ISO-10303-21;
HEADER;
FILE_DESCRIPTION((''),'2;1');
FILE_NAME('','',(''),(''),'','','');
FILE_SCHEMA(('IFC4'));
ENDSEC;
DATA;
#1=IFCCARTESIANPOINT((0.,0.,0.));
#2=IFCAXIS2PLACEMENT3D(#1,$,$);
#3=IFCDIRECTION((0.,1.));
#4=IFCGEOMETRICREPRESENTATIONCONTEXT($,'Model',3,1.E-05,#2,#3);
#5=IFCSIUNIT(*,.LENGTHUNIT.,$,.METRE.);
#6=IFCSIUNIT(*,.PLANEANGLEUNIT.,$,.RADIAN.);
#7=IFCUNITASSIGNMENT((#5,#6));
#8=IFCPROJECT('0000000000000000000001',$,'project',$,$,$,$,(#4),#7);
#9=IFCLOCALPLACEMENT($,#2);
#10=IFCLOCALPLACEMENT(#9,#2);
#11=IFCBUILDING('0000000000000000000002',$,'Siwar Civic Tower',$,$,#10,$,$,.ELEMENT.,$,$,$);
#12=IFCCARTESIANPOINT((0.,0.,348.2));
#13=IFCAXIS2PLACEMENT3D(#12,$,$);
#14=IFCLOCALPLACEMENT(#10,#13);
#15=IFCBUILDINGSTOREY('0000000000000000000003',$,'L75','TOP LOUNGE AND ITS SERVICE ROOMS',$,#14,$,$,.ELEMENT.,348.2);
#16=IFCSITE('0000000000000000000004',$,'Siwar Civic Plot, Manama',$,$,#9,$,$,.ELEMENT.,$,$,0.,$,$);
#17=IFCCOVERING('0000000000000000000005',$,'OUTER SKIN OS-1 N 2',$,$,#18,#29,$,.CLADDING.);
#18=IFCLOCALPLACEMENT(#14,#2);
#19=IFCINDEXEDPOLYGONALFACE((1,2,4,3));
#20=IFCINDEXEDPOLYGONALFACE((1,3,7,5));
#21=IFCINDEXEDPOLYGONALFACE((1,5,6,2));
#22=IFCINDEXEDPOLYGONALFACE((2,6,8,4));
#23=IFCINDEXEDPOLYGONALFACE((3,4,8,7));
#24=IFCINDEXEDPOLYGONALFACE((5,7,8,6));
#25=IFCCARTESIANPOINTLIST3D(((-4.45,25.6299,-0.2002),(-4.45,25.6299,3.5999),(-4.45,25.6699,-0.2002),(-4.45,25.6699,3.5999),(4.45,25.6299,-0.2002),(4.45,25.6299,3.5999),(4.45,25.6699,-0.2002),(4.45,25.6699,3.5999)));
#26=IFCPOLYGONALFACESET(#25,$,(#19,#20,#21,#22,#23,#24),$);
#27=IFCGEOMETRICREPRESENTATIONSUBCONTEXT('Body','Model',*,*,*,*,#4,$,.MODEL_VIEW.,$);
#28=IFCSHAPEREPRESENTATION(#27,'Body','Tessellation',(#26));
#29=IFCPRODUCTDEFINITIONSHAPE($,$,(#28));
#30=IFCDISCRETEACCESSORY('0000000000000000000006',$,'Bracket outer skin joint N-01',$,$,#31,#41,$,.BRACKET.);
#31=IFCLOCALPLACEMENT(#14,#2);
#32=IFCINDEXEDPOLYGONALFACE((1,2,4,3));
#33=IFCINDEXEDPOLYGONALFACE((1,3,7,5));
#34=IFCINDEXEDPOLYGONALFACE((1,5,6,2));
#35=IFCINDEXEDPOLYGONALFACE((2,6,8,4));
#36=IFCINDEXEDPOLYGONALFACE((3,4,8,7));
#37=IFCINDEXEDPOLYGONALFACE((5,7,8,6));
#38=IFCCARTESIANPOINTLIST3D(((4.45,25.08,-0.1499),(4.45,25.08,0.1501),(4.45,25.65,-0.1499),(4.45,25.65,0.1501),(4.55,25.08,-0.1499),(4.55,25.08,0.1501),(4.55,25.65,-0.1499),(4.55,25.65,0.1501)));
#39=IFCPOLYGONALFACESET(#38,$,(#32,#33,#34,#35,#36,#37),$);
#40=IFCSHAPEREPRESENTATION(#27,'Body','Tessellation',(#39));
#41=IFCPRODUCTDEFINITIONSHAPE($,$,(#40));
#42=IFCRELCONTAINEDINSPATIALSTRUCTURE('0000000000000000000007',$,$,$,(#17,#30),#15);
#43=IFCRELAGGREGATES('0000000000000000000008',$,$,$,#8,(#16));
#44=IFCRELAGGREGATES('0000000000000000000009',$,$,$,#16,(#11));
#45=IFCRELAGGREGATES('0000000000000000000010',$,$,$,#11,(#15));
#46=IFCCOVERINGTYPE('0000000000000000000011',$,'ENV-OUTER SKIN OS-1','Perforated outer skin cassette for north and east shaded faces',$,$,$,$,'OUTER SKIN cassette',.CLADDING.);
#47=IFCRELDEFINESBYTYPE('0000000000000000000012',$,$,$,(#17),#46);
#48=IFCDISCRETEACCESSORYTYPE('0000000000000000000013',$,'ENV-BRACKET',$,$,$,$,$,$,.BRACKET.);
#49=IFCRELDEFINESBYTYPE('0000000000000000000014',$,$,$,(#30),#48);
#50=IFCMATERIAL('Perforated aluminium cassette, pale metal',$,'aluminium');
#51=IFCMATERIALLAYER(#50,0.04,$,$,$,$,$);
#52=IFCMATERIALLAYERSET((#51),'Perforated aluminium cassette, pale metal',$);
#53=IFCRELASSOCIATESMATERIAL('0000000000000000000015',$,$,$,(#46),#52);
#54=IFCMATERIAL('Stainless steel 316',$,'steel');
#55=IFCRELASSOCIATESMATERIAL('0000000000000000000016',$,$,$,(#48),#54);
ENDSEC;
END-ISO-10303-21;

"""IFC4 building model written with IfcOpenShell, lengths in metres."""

from ifc_helpers import new_model, si_unit, direction, frame, origin, origin_2d, place, context, subcontext, project, spatial, rectangle, extrude, material, layer, layer_set, type_object, element, save


model = new_model("IFC4")

# Units and contexts
model_context = context("Model", 3, precision=1e-05, world=origin(), true_north=direction((0.0, 1.0)))
body_context = subcontext(model_context, "Body", "Model", "MODEL_VIEW")
ifc_project = project(units=[si_unit("LENGTHUNIT", "METRE"), si_unit("PLANEANGLEUNIT", "RADIAN")], contexts=[model_context])

# Site, building, storey
site_placement = place(None, origin())
site = spatial("IfcSite", under=ifc_project, at=site_placement, Name="Siwar Civic Plot, Manama", CompositionType="ELEMENT", RefElevation=0.0)
building_placement = place(site_placement, origin())
building = spatial("IfcBuilding", under=site, at=building_placement, Name="Siwar Civic Tower", CompositionType="ELEMENT")
storey_placement = place(building_placement, frame((0.0, 0.0, 348.2)))
storey = spatial("IfcBuildingStorey", under=building, at=storey_placement, Name="L75", Description="TOP LOUNGE AND ITS SERVICE ROOMS", CompositionType="ELEMENT", Elevation=348.2)

# Covering
ifc_material_1 = material(Name="Perforated aluminium cassette, pale metal", Category="aluminium")
ifc_layer_1 = layer(ifc_material_1, 0.04)
ifc_layer_set_1 = layer_set([ifc_layer_1], Name="Perforated aluminium cassette, pale metal")
covering_type = type_object("IfcCoveringType", Name="ENV-OUTER SKIN OS-1", Description="Perforated outer skin cassette for north and east shaded faces", ElementType="OUTER SKIN cassette", PredefinedType="CLADDING", material=ifc_layer_set_1)
covering_1_placement = place(storey_placement, frame((0.0, 25.6499, -0.2002), z_axis=(0.0, 0.0, 1.0), x_axis=(-1.0, 0.0, 0.0)))
element("IfcCovering", 1, at=covering_1_placement, inside=storey, type_object=covering_type, Name="OUTER SKIN OS-1 N 2", PredefinedType="CLADDING", context=body_context, shape_type="SweptSolid", body=[
    extrude(rectangle(XDim=8.8999, YDim=0.04, at=origin_2d()), origin(), (0.0, 0.0, 1.0), 3.8),
])

# Discrete accessory
ifc_material_2 = material(Name="Stainless steel 316", Category="steel")
discrete_accessory_type = type_object("IfcDiscreteAccessoryType", Name="ENV-BRACKET", PredefinedType="BRACKET", material=ifc_material_2)
discrete_accessory_placement = place(storey_placement, frame((4.5, 25.365, -0.1499), z_axis=(0.0, 0.0, 1.0), x_axis=(0.0, 1.0, 0.0)))
element("IfcDiscreteAccessory", 2, at=discrete_accessory_placement, inside=storey, type_object=discrete_accessory_type, Name="Bracket outer skin joint N-01", PredefinedType="BRACKET", context=body_context, shape_type="SweptSolid", body=[
    extrude(rectangle(XDim=0.5701, YDim=0.1001, at=origin_2d()), origin(), (0.0, 0.0, 1.0), 0.3),
])

save(model, "model.ifc")
